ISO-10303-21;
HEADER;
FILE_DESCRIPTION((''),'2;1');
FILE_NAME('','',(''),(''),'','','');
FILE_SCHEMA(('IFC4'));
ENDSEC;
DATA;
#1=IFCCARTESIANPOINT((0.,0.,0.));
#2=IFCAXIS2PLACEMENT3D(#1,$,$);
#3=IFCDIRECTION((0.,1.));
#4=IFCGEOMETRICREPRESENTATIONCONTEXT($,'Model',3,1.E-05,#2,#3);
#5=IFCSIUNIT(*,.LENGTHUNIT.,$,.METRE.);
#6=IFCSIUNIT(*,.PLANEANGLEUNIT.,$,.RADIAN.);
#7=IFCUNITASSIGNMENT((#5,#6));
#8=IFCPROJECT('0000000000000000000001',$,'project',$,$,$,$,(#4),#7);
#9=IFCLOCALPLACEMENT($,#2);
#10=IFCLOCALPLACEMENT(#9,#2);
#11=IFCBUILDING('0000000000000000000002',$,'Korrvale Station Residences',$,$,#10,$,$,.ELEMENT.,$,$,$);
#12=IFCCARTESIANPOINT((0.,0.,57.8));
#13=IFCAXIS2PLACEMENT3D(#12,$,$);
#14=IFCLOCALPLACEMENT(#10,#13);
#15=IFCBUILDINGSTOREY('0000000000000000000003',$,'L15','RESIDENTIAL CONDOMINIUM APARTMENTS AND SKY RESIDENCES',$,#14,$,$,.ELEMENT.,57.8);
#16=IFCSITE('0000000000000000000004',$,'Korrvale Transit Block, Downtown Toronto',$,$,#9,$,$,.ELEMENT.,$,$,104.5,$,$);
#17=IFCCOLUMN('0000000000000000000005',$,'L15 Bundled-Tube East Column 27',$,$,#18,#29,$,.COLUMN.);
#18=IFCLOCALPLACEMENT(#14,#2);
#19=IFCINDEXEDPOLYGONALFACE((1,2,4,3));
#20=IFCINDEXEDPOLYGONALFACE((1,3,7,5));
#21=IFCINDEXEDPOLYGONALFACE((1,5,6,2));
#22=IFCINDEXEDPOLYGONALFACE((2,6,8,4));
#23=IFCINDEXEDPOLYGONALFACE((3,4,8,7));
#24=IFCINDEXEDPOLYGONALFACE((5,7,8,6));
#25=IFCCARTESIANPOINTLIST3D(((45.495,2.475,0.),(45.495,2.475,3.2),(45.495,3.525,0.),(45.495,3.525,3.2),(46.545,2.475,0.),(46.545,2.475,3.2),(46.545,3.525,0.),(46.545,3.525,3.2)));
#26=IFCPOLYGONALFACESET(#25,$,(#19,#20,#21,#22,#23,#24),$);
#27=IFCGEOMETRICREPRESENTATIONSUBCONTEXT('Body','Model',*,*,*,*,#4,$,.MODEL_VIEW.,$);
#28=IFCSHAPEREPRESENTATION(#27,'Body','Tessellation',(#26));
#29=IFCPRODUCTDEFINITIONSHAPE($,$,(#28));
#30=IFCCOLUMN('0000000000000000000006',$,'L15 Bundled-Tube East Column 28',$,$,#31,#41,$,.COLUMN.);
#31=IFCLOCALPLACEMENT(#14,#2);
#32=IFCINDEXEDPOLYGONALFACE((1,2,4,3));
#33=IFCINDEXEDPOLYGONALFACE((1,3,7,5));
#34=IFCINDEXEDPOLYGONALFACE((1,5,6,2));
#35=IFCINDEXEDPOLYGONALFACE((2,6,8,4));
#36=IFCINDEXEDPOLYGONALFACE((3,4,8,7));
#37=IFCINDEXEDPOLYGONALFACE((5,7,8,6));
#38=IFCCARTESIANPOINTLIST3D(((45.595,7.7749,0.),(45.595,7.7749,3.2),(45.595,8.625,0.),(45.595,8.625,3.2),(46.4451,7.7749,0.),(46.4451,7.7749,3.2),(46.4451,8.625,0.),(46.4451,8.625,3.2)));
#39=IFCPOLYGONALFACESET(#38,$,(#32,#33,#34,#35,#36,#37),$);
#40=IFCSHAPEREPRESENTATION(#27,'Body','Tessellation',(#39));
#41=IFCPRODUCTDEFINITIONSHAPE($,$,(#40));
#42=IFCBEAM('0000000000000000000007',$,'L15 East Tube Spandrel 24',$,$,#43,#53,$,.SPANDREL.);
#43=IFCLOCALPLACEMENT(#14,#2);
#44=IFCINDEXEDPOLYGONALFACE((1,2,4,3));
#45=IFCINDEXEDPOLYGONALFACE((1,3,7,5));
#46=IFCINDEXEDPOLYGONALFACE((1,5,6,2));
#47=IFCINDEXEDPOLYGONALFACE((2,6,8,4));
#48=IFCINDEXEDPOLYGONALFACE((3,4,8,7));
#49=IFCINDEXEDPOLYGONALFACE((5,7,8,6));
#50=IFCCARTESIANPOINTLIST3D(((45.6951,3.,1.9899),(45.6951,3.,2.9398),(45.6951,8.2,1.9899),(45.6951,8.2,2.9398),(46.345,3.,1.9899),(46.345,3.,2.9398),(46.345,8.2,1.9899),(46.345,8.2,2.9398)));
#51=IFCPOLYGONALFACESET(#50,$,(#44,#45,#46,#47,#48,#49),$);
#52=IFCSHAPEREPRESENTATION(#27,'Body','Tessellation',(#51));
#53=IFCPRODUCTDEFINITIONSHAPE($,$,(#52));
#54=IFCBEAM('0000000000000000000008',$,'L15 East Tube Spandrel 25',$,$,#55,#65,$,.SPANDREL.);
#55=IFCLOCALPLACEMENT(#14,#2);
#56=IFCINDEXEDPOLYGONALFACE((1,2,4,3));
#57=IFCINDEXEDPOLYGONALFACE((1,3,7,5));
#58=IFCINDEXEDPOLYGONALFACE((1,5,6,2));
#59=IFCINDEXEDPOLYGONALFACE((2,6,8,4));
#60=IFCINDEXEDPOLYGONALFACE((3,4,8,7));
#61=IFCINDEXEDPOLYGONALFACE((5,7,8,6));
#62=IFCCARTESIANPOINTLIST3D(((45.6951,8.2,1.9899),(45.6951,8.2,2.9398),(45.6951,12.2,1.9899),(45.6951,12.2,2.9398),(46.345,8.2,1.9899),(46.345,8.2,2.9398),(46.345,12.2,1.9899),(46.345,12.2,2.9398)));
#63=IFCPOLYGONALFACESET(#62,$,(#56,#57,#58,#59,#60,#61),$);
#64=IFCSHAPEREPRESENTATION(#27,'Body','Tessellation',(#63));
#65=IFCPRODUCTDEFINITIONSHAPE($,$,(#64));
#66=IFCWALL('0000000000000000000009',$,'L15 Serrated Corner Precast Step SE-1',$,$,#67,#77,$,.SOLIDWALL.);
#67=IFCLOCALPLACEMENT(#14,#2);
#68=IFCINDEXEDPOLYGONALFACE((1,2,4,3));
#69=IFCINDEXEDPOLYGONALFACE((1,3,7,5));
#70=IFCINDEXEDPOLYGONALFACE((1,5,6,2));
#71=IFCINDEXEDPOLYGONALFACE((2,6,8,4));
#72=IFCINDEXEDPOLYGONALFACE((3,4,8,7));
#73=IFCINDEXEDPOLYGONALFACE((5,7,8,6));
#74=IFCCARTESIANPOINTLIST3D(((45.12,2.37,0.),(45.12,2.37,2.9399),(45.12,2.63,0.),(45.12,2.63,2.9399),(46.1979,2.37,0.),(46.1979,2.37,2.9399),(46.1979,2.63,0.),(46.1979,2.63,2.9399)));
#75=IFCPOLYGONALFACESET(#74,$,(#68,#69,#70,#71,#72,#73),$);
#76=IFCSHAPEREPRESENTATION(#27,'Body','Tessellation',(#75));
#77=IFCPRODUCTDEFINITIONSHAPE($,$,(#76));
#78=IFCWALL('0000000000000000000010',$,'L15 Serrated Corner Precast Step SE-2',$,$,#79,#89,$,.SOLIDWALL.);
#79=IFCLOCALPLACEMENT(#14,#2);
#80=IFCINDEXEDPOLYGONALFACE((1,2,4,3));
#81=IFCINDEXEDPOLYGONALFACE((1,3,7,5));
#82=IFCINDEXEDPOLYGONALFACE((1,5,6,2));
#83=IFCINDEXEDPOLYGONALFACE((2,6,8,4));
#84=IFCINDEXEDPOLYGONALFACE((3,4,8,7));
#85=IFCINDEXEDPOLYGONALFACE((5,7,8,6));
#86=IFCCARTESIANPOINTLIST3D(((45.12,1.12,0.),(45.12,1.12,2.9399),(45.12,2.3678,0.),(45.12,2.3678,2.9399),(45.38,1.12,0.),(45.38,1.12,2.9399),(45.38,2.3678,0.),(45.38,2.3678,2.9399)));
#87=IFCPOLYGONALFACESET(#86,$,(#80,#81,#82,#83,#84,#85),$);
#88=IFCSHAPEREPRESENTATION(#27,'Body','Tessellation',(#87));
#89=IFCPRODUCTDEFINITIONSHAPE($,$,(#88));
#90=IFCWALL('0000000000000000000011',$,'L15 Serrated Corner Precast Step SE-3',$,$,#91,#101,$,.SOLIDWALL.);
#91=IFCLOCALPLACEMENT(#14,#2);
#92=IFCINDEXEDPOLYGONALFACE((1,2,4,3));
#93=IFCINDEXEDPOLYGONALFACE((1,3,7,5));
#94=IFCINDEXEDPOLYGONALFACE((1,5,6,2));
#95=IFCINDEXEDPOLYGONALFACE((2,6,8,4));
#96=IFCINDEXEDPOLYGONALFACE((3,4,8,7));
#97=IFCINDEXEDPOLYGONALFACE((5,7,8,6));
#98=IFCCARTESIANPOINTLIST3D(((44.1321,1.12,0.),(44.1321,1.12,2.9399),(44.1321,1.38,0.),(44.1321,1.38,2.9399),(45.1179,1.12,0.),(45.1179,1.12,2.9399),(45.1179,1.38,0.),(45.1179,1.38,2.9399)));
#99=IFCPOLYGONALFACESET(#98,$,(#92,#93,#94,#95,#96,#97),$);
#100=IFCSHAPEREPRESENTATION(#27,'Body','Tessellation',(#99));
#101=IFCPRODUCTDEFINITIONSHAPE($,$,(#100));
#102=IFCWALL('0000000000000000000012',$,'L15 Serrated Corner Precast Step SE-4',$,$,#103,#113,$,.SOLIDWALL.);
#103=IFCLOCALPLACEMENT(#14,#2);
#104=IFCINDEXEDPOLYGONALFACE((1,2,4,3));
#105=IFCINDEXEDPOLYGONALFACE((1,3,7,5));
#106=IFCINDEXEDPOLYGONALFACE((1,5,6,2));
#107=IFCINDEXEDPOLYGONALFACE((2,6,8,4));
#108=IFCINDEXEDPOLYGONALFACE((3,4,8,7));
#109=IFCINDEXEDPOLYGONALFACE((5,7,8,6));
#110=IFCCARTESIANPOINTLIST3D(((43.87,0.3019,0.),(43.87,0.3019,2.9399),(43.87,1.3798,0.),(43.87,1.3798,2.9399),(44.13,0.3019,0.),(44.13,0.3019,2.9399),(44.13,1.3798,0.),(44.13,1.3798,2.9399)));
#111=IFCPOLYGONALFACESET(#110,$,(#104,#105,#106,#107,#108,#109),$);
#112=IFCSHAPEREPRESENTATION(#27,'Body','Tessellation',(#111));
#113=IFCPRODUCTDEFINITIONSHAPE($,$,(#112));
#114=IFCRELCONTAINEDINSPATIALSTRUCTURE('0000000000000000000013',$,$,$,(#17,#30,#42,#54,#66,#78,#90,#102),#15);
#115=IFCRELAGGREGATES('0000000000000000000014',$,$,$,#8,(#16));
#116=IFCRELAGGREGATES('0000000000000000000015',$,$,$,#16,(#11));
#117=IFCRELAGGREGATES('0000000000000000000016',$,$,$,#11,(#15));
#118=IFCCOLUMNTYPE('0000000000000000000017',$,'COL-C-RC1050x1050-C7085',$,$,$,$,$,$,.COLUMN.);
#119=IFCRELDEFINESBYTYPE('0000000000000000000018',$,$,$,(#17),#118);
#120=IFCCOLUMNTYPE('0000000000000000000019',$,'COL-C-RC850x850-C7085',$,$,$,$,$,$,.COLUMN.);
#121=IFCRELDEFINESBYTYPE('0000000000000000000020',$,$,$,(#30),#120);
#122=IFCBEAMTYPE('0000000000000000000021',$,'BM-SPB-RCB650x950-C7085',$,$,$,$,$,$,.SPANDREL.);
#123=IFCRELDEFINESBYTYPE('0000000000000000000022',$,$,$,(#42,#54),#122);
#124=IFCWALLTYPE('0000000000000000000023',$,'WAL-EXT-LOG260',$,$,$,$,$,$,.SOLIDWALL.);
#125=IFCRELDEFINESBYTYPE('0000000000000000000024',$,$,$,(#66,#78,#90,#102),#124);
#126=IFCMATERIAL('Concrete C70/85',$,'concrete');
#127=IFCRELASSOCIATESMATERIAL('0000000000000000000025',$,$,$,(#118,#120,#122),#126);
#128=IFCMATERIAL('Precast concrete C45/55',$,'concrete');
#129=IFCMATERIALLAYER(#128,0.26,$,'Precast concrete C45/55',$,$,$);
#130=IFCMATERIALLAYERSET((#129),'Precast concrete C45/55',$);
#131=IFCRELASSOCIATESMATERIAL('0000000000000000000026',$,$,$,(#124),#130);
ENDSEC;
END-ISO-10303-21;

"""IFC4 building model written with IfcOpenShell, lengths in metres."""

from ifc_helpers import new_model, si_unit, direction, frame, frame_2d, origin, origin_2d, place, context, subcontext, project, spatial, rectangle, extrude, material, layer, layer_set, material_profile, profile_set, type_object, element, save


model = new_model("IFC4")

# Units and contexts
model_context = context("Model", 3, precision=1e-05, world=origin(), true_north=direction((0.0, 1.0)))
body_context = subcontext(model_context, "Body", "Model", "MODEL_VIEW")
ifc_project = project(units=[si_unit("LENGTHUNIT", "METRE"), si_unit("PLANEANGLEUNIT", "RADIAN")], contexts=[model_context])

# Site, building, storey
site_placement = place(None, origin())
site = spatial("IfcSite", under=ifc_project, at=site_placement, Name="Korrvale Transit Block, Downtown Toronto", CompositionType="ELEMENT", RefElevation=104.5)
building_placement = place(site_placement, origin())
building = spatial("IfcBuilding", under=site, at=building_placement, Name="Korrvale Station Residences", CompositionType="ELEMENT")
storey_placement = place(building_placement, frame((0.0, 0.0, 57.8)))
storey = spatial("IfcBuildingStorey", under=building, at=storey_placement, Name="L15", Description="RESIDENTIAL CONDOMINIUM APARTMENTS AND SKY RESIDENCES", CompositionType="ELEMENT", Elevation=57.8)

# Columns
ifc_material_1 = material(Name="Concrete C70/85", Category="concrete")
ifc_material_profile_1 = material_profile(ifc_material_1, rectangle(XDim=1.05, YDim=1.05, at=origin_2d()), Name="RC1050x1050")
ifc_profile_set_1 = profile_set([ifc_material_profile_1], Name="Concrete C70/85")
column_type_1 = type_object("IfcColumnType", Name="COL-C-RC1050x1050-C7085", PredefinedType="COLUMN", material=ifc_profile_set_1)
column_1_placement = place(storey_placement, frame((46.02, 3.0, 0.0), z_axis=(0.0, 0.0, 1.0), x_axis=(1.0, 0.0, 0.0)))
element("IfcColumn", 1, at=column_1_placement, inside=storey, type_object=column_type_1, Name="L15 Bundled-Tube East Column 27", PredefinedType="COLUMN", context=body_context, shape_type="SweptSolid", body=[
    extrude(rectangle(XDim=1.05, YDim=1.05, at=origin_2d()), origin(), (0.0, 0.0, 1.0), 3.2),
])
ifc_material_profile_2 = material_profile(ifc_material_1, rectangle(XDim=0.8501, YDim=0.8501, at=origin_2d()), Name="RC850x850")
ifc_profile_set_2 = profile_set([ifc_material_profile_2], Name="Concrete C70/85")
column_type_2 = type_object("IfcColumnType", Name="COL-C-RC850x850-C7085", PredefinedType="COLUMN", material=ifc_profile_set_2)
column_2_placement = place(storey_placement, frame((46.02, 8.2, 0.0), z_axis=(0.0, 0.0, 1.0), x_axis=(1.0, 0.0, 0.0)))
element("IfcColumn", 2, at=column_2_placement, inside=storey, type_object=column_type_2, Name="L15 Bundled-Tube East Column 28", PredefinedType="COLUMN", context=body_context, shape_type="SweptSolid", body=[
    extrude(rectangle(XDim=0.8501, YDim=0.8501, at=origin_2d()), origin(), (0.0, 0.0, 1.0), 3.2),
])

# Beams
ifc_material_profile_3 = material_profile(ifc_material_1, rectangle(XDim=0.6499, YDim=0.95, at=origin_2d()), Name="RCB650x950")
ifc_profile_set_3 = profile_set([ifc_material_profile_3], Name="Concrete C70/85")
beam_type = type_object("IfcBeamType", Name="BM-SPB-RCB650x950-C7085", PredefinedType="SPANDREL", material=ifc_profile_set_3)
beam_1_placement = place(storey_placement, frame((46.02, 3.0, 2.4648), z_axis=(0.0, 1.0, 0.0), x_axis=(-1.0, 0.0, 0.0)))
element("IfcBeam", 3, at=beam_1_placement, inside=storey, type_object=beam_type, Name="L15 East Tube Spandrel 24", PredefinedType="SPANDREL", context=body_context, shape_type="SweptSolid", body=[
    extrude(rectangle(XDim=0.6499, YDim=0.95, at=origin_2d()), origin(), (0.0, 0.0, 1.0), 5.2),
])
beam_2_placement = place(storey_placement, frame((46.02, 8.2, 2.4648), z_axis=(0.0, 1.0, 0.0), x_axis=(-1.0, 0.0, 0.0)))
element("IfcBeam", 4, at=beam_2_placement, inside=storey, type_object=beam_type, Name="L15 East Tube Spandrel 25", PredefinedType="SPANDREL", context=body_context, shape_type="SweptSolid", body=[
    extrude(rectangle(XDim=0.6499, YDim=0.95, at=origin_2d()), origin(), (0.0, 0.0, 1.0), 4.0),
])

# Walls
ifc_material_2 = material(Name="Precast concrete C45/55", Category="concrete")
ifc_layer_1 = layer(ifc_material_2, 0.26, Name="Precast concrete C45/55")
ifc_layer_set_1 = layer_set([ifc_layer_1], Name="Precast concrete C45/55")
wall_type_1 = type_object("IfcWallType", Name="WAL-EXT-LOG260", PredefinedType="SOLIDWALL", material=ifc_layer_set_1)
wall_1_placement = place(storey_placement, frame((46.198, 2.5, 0.0), z_axis=(0.0, 0.0, 1.0), x_axis=(-1.0, 0.0, 0.0)))
element("IfcWall", 5, at=wall_1_placement, inside=storey, type_object=wall_type_1, Name="L15 Serrated Corner Precast Step SE-1", PredefinedType="SOLIDWALL", context=body_context, shape_type="SweptSolid", body=[
    extrude(rectangle(XDim=1.0779, YDim=0.26, at=frame_2d((0.5391, 0.0))), origin(), (0.0, 0.0, 1.0), 2.9399),
])
wall_2_placement = place(storey_placement, frame((45.25, 2.3679, 0.0), z_axis=(0.0, 0.0, 1.0), x_axis=(0.0, -1.0, 0.0)))
element("IfcWall", 6, at=wall_2_placement, inside=storey, type_object=wall_type_1, Name="L15 Serrated Corner Precast Step SE-2", PredefinedType="SOLIDWALL", context=body_context, shape_type="SweptSolid", body=[
    extrude(rectangle(XDim=1.2478, YDim=0.26, at=frame_2d((0.624, 0.0))), origin(), (0.0, 0.0, 1.0), 2.9399),
])
wall_3_placement = place(storey_placement, frame((45.1179, 1.25, 0.0), z_axis=(0.0, 0.0, 1.0), x_axis=(-1.0, 0.0, 0.0)))
element("IfcWall", 7, at=wall_3_placement, inside=storey, type_object=wall_type_1, Name="L15 Serrated Corner Precast Step SE-3", PredefinedType="SOLIDWALL", context=body_context, shape_type="SweptSolid", body=[
    extrude(rectangle(XDim=0.9858, YDim=0.26, at=frame_2d((0.4929, 0.0))), origin(), (0.0, 0.0, 1.0), 2.9399),
])
wall_4_placement = place(storey_placement, frame((44.0, 1.3799, 0.0), z_axis=(0.0, 0.0, 1.0), x_axis=(0.0, -1.0, 0.0)))
element("IfcWall", 8, at=wall_4_placement, inside=storey, type_object=wall_type_1, Name="L15 Serrated Corner Precast Step SE-4", PredefinedType="SOLIDWALL", context=body_context, shape_type="SweptSolid", body=[
    extrude(rectangle(XDim=1.0779, YDim=0.26, at=frame_2d((0.5391, 0.0))), origin(), (0.0, 0.0, 1.0), 2.9399),
])

save(model, "model.ifc")
